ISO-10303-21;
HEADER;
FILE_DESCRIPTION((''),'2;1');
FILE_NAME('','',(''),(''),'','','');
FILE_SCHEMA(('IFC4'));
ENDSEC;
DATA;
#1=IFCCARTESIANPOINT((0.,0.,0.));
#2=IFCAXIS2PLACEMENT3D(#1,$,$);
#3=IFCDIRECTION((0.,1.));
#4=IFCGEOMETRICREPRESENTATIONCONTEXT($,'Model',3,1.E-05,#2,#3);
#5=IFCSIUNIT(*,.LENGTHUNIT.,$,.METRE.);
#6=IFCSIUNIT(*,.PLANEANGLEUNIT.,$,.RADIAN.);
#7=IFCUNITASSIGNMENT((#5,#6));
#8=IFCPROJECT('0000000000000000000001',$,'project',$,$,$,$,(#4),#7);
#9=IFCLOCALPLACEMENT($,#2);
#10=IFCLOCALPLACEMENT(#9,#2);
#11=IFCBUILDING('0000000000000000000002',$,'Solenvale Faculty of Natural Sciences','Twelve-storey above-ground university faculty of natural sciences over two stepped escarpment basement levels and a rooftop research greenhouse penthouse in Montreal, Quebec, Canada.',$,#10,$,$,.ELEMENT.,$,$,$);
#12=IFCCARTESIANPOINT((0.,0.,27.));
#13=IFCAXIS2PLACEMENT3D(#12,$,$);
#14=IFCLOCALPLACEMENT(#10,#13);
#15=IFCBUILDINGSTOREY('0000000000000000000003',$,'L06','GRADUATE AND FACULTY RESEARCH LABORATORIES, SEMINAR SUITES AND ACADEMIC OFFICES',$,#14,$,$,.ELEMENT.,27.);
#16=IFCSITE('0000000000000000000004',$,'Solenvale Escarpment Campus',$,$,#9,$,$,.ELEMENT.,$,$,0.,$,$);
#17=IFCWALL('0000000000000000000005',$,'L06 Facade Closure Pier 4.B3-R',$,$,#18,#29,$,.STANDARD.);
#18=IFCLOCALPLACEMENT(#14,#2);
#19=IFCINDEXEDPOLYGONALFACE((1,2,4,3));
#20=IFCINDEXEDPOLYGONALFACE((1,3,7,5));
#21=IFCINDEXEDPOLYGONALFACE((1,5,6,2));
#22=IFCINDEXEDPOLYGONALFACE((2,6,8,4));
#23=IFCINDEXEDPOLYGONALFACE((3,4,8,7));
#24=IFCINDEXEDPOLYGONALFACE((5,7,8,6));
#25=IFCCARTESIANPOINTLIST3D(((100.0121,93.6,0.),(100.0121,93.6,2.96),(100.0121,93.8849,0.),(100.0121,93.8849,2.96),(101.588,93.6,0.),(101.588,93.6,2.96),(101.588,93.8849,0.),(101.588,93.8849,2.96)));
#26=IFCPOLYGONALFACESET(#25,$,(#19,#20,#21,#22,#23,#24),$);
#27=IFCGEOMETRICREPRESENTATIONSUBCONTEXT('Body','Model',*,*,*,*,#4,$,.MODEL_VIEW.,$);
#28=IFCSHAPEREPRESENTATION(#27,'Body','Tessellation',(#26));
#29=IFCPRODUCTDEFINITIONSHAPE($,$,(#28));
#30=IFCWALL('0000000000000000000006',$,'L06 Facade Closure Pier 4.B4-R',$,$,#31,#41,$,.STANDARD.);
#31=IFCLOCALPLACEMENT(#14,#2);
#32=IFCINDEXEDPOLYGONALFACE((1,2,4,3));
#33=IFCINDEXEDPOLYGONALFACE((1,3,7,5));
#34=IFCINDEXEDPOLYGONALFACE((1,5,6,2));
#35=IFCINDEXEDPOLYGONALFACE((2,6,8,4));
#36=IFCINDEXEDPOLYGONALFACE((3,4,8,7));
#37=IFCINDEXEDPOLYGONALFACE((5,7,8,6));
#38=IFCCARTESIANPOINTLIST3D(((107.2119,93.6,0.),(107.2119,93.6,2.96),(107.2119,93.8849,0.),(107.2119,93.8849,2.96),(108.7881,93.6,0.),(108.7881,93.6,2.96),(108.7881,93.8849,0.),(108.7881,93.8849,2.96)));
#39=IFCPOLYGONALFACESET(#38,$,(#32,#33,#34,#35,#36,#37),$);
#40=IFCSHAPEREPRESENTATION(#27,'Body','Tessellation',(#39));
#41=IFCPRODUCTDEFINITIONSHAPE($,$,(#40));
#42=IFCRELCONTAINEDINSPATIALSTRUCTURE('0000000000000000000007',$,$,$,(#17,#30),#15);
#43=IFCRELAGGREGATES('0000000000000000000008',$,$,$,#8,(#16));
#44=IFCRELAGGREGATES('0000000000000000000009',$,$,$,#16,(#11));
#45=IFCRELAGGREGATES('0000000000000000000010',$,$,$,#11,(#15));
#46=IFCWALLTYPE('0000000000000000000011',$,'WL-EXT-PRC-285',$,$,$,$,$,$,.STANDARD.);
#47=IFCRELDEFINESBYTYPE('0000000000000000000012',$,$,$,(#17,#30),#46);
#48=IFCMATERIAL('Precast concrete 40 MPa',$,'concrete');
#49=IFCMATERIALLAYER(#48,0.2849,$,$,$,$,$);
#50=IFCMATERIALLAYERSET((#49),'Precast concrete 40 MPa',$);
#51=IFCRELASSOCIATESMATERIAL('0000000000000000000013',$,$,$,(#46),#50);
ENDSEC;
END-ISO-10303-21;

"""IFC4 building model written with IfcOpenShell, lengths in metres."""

from ifc_helpers import new_model, si_unit, direction, frame, frame_2d, origin, place, context, subcontext, project, spatial, rectangle, extrude, material, layer, layer_set, type_object, element, save


model = new_model("IFC4")

# Units and contexts
model_context = context("Model", 3, precision=1e-05, world=origin(), true_north=direction((0.0, 1.0)))
body_context = subcontext(model_context, "Body", "Model", "MODEL_VIEW")
ifc_project = project(units=[si_unit("LENGTHUNIT", "METRE"), si_unit("PLANEANGLEUNIT", "RADIAN")], contexts=[model_context])

# Site, building, storey
site_placement = place(None, origin())
site = spatial("IfcSite", under=ifc_project, at=site_placement, Name="Solenvale Escarpment Campus", CompositionType="ELEMENT", RefElevation=0.0)
building_placement = place(site_placement, origin())
building = spatial("IfcBuilding", under=site, at=building_placement, Name="Solenvale Faculty of Natural Sciences", Description="Twelve-storey above-ground university faculty of natural sciences over two stepped escarpment basement levels and a rooftop research greenhouse penthouse in Montreal, Quebec, Canada.", CompositionType="ELEMENT")
storey_placement = place(building_placement, frame((0.0, 0.0, 27.0)))
storey = spatial("IfcBuildingStorey", under=building, at=storey_placement, Name="L06", Description="GRADUATE AND FACULTY RESEARCH LABORATORIES, SEMINAR SUITES AND ACADEMIC OFFICES", CompositionType="ELEMENT", Elevation=27.0)

# Walls
ifc_material_1 = material(Name="Precast concrete 40 MPa", Category="concrete")
ifc_layer_1 = layer(ifc_material_1, 0.2849)
ifc_layer_set_1 = layer_set([ifc_layer_1], Name="Precast concrete 40 MPa")
wall_type = type_object("IfcWallType", Name="WL-EXT-PRC-285", PredefinedType="STANDARD", material=ifc_layer_set_1)
wall_1_placement = place(storey_placement, frame((100.012, 93.7424, 0.0), z_axis=(0.0, 0.0, 1.0), x_axis=(1.0, 0.0, 0.0)))
element("IfcWall", 1, at=wall_1_placement, inside=storey, type_object=wall_type, Name="L06 Facade Closure Pier 4.B3-R", PredefinedType="STANDARD", context=body_context, shape_type="SweptSolid", body=[
    extrude(rectangle(XDim=1.5759, YDim=0.2849, at=frame_2d((0.7881, 0.0))), origin(), (0.0, 0.0, 1.0), 2.96),
])
wall_2_placement = place(storey_placement, frame((107.2119, 93.7424, 0.0), z_axis=(0.0, 0.0, 1.0), x_axis=(1.0, 0.0, 0.0)))
element("IfcWall", 2, at=wall_2_placement, inside=storey, type_object=wall_type, Name="L06 Facade Closure Pier 4.B4-R", PredefinedType="STANDARD", context=body_context, shape_type="SweptSolid", body=[
    extrude(rectangle(XDim=1.5762, YDim=0.2849, at=frame_2d((0.7881, 0.0))), origin(), (0.0, 0.0, 1.0), 2.96),
])

save(model, "model.ifc")
